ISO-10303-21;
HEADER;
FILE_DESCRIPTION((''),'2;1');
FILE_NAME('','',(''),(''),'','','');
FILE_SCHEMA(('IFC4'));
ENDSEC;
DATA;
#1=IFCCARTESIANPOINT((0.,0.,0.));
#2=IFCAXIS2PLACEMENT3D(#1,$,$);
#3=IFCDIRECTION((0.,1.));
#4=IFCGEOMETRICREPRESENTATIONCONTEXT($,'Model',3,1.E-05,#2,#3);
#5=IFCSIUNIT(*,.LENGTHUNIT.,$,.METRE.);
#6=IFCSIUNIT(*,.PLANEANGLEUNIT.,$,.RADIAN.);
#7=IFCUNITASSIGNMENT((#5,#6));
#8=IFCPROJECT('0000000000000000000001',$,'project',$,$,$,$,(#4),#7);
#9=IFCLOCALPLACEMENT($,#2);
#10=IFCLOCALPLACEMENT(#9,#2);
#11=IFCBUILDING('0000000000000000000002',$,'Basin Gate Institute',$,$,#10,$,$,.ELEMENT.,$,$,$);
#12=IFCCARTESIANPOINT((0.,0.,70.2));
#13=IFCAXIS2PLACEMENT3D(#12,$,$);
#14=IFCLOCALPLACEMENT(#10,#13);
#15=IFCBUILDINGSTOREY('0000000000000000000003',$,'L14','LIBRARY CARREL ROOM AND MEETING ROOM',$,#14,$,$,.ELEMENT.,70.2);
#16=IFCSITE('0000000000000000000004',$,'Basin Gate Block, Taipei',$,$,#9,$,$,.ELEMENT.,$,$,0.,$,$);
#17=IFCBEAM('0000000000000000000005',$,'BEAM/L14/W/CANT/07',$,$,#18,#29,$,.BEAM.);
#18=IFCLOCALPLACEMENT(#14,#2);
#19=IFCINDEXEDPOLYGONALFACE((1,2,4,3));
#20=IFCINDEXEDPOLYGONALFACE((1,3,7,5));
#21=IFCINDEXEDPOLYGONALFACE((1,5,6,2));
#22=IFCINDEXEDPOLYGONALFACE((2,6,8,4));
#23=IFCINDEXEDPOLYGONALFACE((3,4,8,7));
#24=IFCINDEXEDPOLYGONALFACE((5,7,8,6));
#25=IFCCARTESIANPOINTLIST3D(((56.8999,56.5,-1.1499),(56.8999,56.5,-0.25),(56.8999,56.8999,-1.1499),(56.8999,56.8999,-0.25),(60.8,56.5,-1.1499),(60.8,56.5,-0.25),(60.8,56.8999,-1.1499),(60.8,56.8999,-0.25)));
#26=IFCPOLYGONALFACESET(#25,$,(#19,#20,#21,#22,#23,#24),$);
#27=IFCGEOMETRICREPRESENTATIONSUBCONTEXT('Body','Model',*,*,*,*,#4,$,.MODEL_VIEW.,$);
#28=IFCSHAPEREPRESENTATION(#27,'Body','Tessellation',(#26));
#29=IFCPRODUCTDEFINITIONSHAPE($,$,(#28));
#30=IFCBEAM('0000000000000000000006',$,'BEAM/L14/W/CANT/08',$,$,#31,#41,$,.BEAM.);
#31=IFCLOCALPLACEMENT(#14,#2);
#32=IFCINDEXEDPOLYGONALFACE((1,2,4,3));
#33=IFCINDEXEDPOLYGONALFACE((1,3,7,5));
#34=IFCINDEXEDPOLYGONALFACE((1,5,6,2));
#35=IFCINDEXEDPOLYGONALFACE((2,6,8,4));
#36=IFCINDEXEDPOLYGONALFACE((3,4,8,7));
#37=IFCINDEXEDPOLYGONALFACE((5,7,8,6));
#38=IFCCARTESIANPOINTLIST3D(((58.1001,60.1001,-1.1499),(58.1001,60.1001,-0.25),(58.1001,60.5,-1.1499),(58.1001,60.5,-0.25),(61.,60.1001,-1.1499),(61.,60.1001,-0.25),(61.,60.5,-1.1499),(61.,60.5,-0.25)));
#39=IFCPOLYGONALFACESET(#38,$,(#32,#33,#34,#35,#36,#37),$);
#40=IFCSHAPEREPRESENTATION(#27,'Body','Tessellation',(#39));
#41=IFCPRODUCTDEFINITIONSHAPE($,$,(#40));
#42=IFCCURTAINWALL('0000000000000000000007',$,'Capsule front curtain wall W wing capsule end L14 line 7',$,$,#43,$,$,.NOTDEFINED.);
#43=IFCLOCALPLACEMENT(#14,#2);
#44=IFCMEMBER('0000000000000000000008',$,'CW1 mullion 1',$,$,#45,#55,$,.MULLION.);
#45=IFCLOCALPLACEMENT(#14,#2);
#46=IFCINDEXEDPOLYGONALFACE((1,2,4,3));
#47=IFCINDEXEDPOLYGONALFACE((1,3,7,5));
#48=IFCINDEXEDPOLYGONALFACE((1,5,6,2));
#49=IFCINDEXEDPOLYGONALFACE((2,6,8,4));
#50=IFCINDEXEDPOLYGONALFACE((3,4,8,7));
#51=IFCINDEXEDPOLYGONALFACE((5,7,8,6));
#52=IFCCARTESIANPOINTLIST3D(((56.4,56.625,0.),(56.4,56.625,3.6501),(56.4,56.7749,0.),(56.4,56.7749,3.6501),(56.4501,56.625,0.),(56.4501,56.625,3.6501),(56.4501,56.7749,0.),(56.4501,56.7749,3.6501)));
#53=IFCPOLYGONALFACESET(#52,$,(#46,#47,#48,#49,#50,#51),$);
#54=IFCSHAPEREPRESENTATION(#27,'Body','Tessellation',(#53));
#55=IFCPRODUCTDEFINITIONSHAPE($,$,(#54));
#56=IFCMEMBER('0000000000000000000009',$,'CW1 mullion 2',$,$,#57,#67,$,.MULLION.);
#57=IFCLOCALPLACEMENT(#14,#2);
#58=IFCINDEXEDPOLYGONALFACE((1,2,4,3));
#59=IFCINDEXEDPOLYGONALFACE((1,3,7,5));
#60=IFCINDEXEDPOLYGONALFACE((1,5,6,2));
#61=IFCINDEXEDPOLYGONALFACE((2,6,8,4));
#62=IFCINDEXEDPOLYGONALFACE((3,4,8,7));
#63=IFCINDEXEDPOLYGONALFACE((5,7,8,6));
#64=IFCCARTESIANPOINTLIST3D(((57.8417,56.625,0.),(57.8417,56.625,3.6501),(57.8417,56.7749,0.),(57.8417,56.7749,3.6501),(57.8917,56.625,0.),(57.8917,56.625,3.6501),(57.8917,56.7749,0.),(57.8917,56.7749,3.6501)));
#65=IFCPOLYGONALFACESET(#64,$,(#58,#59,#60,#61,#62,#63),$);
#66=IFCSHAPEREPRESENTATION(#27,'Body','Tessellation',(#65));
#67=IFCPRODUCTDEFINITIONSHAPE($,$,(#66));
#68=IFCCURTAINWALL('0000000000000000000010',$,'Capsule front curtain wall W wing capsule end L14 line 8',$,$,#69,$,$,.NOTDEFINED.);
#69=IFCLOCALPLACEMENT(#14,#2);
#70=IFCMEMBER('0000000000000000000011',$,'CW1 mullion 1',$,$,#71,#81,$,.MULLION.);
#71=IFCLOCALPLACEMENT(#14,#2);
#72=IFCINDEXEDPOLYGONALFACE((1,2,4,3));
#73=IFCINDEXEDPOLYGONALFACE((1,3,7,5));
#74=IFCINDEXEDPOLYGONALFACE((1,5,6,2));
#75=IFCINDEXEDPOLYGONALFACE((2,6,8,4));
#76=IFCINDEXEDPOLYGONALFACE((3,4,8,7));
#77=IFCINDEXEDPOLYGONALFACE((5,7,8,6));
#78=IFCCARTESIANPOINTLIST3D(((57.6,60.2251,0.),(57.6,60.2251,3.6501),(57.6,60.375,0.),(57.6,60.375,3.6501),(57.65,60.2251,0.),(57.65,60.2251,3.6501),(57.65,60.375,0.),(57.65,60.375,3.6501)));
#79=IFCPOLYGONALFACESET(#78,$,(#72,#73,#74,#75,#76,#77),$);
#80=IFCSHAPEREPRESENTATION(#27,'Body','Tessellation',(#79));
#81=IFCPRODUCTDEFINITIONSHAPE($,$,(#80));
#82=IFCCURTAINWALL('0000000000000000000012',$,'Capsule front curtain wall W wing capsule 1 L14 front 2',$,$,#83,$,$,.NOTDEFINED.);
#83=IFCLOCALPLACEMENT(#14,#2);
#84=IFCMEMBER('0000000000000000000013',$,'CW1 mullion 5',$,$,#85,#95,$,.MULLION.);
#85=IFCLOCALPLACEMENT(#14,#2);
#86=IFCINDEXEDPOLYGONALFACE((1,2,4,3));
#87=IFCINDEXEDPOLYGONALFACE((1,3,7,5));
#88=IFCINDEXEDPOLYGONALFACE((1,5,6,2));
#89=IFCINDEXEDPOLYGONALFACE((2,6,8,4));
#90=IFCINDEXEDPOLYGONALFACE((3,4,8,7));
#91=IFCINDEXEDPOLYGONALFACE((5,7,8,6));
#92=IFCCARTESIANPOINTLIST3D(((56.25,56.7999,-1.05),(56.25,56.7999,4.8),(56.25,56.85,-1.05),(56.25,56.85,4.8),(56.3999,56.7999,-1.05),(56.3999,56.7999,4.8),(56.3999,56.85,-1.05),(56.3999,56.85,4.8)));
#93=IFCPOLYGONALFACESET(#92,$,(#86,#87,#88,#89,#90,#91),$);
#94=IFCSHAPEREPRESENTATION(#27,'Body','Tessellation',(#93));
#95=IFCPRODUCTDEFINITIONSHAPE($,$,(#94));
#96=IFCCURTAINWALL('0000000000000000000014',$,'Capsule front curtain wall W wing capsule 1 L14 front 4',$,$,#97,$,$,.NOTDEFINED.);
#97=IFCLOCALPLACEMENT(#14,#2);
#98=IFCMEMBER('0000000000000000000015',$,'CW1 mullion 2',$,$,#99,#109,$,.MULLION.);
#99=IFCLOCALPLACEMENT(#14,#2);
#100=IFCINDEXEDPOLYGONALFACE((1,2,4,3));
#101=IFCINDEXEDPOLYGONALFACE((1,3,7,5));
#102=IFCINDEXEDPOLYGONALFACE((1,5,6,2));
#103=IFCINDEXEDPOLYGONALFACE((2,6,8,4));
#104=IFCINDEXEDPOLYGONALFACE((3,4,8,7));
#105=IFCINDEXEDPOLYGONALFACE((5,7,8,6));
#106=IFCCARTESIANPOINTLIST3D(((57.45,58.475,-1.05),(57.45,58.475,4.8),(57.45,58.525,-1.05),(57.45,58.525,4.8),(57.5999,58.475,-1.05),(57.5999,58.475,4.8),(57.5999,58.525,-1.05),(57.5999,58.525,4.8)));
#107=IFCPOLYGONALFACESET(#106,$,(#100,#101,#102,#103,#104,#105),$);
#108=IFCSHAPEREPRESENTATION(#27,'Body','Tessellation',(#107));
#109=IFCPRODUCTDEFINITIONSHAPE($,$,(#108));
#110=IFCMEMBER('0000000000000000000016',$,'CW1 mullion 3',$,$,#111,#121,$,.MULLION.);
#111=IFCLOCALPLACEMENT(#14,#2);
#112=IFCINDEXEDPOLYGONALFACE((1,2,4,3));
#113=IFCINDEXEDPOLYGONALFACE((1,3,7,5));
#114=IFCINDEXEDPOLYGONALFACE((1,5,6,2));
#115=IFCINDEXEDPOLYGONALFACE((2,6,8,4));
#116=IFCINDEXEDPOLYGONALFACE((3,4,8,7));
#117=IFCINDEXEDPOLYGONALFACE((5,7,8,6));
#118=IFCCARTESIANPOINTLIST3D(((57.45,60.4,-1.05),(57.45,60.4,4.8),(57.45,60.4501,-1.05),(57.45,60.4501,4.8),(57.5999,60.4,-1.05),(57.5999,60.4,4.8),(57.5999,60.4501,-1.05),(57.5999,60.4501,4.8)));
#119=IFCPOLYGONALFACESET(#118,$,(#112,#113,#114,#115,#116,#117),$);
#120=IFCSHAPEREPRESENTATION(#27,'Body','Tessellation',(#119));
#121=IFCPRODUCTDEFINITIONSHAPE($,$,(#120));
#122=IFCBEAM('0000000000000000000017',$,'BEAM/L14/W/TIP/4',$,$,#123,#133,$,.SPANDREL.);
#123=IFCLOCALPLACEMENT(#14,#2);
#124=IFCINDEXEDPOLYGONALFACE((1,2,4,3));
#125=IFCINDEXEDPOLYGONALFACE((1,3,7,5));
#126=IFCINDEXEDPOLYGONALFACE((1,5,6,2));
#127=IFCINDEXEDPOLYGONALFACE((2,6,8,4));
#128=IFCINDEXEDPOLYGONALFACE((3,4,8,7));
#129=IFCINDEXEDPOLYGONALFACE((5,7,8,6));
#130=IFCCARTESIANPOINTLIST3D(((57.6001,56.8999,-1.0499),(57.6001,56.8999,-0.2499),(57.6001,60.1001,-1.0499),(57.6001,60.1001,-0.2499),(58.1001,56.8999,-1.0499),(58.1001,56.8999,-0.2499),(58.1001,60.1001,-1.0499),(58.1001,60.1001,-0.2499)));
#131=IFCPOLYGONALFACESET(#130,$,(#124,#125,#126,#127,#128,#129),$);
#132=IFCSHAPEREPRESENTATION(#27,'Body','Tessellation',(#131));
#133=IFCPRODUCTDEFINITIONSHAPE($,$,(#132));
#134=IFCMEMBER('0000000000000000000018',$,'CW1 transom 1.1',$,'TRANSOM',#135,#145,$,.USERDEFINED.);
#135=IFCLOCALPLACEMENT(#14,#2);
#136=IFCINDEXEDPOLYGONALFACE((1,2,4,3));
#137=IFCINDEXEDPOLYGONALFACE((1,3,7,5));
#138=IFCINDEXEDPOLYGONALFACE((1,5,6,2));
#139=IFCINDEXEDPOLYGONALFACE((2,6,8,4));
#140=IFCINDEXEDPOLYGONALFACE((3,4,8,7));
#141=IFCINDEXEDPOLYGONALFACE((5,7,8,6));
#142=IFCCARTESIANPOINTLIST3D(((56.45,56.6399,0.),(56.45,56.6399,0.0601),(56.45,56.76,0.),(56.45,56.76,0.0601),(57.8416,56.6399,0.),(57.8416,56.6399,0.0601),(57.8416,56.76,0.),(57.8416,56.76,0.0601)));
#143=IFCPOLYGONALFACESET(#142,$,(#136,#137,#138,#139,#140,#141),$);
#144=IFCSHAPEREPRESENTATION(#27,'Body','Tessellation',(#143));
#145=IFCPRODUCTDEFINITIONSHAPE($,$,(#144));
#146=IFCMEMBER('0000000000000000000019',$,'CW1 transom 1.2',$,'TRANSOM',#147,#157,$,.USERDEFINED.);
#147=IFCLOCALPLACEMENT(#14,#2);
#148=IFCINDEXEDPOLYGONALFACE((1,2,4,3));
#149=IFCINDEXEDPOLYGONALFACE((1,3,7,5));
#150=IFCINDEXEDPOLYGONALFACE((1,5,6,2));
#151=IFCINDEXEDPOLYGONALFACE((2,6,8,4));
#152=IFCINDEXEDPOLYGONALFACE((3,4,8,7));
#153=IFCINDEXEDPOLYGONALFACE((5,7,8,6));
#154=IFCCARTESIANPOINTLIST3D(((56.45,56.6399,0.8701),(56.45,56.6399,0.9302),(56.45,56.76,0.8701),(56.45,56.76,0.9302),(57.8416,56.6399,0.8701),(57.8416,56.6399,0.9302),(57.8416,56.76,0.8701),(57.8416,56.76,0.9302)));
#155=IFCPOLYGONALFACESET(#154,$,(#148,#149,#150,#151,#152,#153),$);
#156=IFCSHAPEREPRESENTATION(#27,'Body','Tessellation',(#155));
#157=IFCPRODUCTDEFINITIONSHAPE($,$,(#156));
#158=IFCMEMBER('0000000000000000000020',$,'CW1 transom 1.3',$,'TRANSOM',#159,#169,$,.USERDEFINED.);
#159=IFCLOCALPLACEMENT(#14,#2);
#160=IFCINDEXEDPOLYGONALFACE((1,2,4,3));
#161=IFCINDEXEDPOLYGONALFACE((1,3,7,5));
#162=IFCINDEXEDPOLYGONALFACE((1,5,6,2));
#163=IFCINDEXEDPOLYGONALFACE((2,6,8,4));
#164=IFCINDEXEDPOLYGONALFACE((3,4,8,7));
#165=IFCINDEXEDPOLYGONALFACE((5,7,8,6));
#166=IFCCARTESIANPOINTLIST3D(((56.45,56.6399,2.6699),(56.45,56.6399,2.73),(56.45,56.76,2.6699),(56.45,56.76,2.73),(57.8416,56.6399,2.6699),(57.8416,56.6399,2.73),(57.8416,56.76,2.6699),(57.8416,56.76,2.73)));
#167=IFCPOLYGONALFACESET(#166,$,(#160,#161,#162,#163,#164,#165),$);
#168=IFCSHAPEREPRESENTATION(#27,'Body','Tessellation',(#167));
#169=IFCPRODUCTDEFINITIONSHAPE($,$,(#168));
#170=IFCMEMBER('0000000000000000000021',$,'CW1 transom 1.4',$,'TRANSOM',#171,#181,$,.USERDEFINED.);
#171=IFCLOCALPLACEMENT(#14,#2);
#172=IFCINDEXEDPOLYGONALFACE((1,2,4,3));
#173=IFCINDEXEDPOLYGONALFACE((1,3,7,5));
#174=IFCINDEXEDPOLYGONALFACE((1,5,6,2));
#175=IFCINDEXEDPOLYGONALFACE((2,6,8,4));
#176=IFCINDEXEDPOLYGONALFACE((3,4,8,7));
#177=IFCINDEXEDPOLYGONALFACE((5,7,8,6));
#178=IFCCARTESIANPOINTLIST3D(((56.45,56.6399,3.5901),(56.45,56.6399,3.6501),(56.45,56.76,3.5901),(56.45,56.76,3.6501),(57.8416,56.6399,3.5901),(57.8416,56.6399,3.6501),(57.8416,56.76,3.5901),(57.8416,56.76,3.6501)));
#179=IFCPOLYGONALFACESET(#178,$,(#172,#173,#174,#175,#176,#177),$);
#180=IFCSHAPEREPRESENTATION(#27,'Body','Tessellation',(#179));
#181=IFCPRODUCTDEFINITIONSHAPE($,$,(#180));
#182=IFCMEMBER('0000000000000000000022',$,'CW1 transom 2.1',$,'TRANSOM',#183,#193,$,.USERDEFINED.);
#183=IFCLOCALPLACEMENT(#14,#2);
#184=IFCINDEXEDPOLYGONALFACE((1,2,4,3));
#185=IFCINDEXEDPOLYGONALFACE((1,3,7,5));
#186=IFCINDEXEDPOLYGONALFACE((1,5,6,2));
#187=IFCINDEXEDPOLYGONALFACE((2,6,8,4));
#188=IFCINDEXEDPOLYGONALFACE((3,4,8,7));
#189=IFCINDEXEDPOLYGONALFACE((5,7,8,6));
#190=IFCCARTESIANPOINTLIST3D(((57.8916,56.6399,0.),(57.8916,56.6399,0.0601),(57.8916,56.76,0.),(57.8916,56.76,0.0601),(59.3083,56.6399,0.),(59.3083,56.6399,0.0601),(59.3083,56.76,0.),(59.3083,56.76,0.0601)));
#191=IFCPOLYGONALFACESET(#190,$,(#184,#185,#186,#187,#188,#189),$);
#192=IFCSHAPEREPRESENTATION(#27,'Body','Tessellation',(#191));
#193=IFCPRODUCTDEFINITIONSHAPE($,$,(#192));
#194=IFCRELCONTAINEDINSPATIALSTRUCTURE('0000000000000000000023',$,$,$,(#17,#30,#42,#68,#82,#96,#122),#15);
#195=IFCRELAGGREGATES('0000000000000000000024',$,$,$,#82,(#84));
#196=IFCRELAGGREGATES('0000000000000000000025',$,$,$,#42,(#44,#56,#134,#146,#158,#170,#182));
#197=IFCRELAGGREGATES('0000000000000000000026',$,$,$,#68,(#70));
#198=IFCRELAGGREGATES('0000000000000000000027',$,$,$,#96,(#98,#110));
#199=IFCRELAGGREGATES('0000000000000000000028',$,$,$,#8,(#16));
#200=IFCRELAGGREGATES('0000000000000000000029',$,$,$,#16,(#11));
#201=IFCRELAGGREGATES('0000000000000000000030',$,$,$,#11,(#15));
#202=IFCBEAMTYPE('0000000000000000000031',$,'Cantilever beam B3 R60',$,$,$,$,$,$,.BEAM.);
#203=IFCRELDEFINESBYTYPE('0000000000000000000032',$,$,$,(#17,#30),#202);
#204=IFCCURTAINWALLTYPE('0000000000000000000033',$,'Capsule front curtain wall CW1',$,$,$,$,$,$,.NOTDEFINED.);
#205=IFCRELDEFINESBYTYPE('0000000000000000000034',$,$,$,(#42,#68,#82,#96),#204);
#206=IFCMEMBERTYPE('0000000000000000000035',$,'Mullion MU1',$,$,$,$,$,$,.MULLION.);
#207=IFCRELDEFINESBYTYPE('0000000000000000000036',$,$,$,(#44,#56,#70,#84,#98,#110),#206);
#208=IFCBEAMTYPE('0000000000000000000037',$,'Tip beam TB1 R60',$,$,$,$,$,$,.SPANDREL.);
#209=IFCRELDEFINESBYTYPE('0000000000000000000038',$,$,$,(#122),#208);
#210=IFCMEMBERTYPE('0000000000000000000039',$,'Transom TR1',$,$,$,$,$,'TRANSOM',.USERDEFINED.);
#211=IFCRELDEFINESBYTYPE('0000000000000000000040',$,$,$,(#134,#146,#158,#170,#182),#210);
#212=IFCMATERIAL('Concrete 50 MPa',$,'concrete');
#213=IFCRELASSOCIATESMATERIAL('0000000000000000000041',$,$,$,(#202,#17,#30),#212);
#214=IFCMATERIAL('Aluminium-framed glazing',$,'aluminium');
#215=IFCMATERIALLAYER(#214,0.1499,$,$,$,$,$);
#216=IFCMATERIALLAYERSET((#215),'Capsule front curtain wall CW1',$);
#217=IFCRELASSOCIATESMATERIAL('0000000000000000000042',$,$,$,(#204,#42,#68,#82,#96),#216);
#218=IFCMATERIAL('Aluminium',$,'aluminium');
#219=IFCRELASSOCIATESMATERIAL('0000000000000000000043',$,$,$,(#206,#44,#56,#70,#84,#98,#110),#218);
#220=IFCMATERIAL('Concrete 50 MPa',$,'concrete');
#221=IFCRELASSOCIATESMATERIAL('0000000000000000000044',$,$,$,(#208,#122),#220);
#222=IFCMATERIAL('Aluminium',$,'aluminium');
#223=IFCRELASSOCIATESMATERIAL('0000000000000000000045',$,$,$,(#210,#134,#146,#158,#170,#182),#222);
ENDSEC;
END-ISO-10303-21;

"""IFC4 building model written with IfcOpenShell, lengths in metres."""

from ifc_helpers import new_model, si_unit, direction, frame, origin, origin_2d, place, context, subcontext, project, spatial, rectangle, extrude, material, layer, layer_set, material_profile, profile_set, type_object, element, aggregate, save


model = new_model("IFC4")

# Units and contexts
model_context = context("Model", 3, precision=1e-05, world=origin(), true_north=direction((0.0, 1.0)))
body_context = subcontext(model_context, "Body", "Model", "MODEL_VIEW")
ifc_project = project(units=[si_unit("LENGTHUNIT", "METRE"), si_unit("PLANEANGLEUNIT", "RADIAN")], contexts=[model_context])

# Site, building, storey
site_placement = place(None, origin())
site = spatial("IfcSite", under=ifc_project, at=site_placement, Name="Basin Gate Block, Taipei", CompositionType="ELEMENT", RefElevation=0.0)
building_placement = place(site_placement, origin())
building = spatial("IfcBuilding", under=site, at=building_placement, Name="Basin Gate Institute", CompositionType="ELEMENT")
storey_placement = place(building_placement, frame((0.0, 0.0, 70.2)))
storey = spatial("IfcBuildingStorey", under=building, at=storey_placement, Name="L14", Description="LIBRARY CARREL ROOM AND MEETING ROOM", CompositionType="ELEMENT", Elevation=70.2)

# Beams
ifc_material_1 = material(Name="Concrete 50 MPa", Category="concrete")
ifc_material_profile_1 = material_profile(ifc_material_1, rectangle(XDim=0.3999, YDim=0.8999, at=origin_2d()), Name="Cantilever beam B3 400 x 900")
ifc_profile_set_1 = profile_set([ifc_material_profile_1], Name="Concrete 50 MPa")
beam_type_1 = type_object("IfcBeamType", Name="Cantilever beam B3 R60", PredefinedType="BEAM", material=ifc_profile_set_1)
beam_1_placement = place(storey_placement, frame((56.8999, 56.7, -0.7), z_axis=(1.0, 0.0, 0.0), x_axis=(0.0, 1.0, 0.0)))
element("IfcBeam", 1, at=beam_1_placement, inside=storey, type_object=beam_type_1, material=ifc_profile_set_1, Name="BEAM/L14/W/CANT/07", PredefinedType="BEAM", context=body_context, shape_type="SweptSolid", body=[
    extrude(rectangle(XDim=0.3999, YDim=0.8999, at=origin_2d()), origin(), (0.0, 0.0, 1.0), 3.9001),
])
beam_2_placement = place(storey_placement, frame((58.1001, 60.3, -0.7), z_axis=(1.0, 0.0, 0.0), x_axis=(0.0, 1.0, 0.0)))
element("IfcBeam", 2, at=beam_2_placement, inside=storey, type_object=beam_type_1, material=ifc_profile_set_1, Name="BEAM/L14/W/CANT/08", PredefinedType="BEAM", context=body_context, shape_type="SweptSolid", body=[
    extrude(rectangle(XDim=0.3999, YDim=0.8999, at=origin_2d()), origin(), (0.0, 0.0, 1.0), 2.8999),
])

# Curtain wall, members
ifc_material_2 = material(Name="Aluminium-framed glazing", Category="aluminium")
ifc_layer_1 = layer(ifc_material_2, 0.1499)
ifc_layer_set_1 = layer_set([ifc_layer_1], Name="Capsule front curtain wall CW1")
curtain_wall_type = type_object("IfcCurtainWallType", Name="Capsule front curtain wall CW1", PredefinedType="NOTDEFINED", material=ifc_layer_set_1)
curtain_wall_1_placement = place(storey_placement, origin())
curtain_wall_1 = element("IfcCurtainWall", 3, at=curtain_wall_1_placement, inside=storey, type_object=curtain_wall_type, material=ifc_layer_set_1, Name="Capsule front curtain wall W wing capsule end L14 line 7", PredefinedType="NOTDEFINED")
ifc_material_3 = material(Name="Aluminium", Category="aluminium")
ifc_material_profile_2 = material_profile(ifc_material_3, rectangle(XDim=0.1499, YDim=0.05, at=origin_2d()), Name="Mullion MU1 150 x 50")
ifc_profile_set_2 = profile_set([ifc_material_profile_2], Name="Aluminium")
member_type_1 = type_object("IfcMemberType", Name="Mullion MU1", PredefinedType="MULLION", material=ifc_profile_set_2)
member_1_placement = place(storey_placement, frame((56.425, 56.7, 0.0), z_axis=(0.0, 0.0, 1.0), x_axis=(0.0, 1.0, 0.0)))
member_1 = element("IfcMember", 4, at=member_1_placement, type_object=member_type_1, material=ifc_profile_set_2, Name="CW1 mullion 1", PredefinedType="MULLION", context=body_context, shape_type="SweptSolid", body=[
    extrude(rectangle(XDim=0.1499, YDim=0.05, at=origin_2d()), origin(), (0.0, 0.0, 1.0), 3.6501),
])
member_2_placement = place(storey_placement, frame((57.8667, 56.7, 0.0), z_axis=(0.0, 0.0, 1.0), x_axis=(0.0, 1.0, 0.0)))
member_2 = element("IfcMember", 5, at=member_2_placement, type_object=member_type_1, material=ifc_profile_set_2, Name="CW1 mullion 2", PredefinedType="MULLION", context=body_context, shape_type="SweptSolid", body=[
    extrude(rectangle(XDim=0.1499, YDim=0.05, at=origin_2d()), origin(), (0.0, 0.0, 1.0), 3.6501),
])

# Curtain walls, members
curtain_wall_2_placement = place(storey_placement, origin())
curtain_wall_2 = element("IfcCurtainWall", 6, at=curtain_wall_2_placement, inside=storey, type_object=curtain_wall_type, material=ifc_layer_set_1, Name="Capsule front curtain wall W wing capsule end L14 line 8", PredefinedType="NOTDEFINED")
member_3_placement = place(storey_placement, frame((57.625, 60.3, 0.0), z_axis=(0.0, 0.0, 1.0), x_axis=(0.0, 1.0, 0.0)))
member_3 = element("IfcMember", 7, at=member_3_placement, type_object=member_type_1, material=ifc_profile_set_2, Name="CW1 mullion 1", PredefinedType="MULLION", context=body_context, shape_type="SweptSolid", body=[
    extrude(rectangle(XDim=0.1499, YDim=0.05, at=origin_2d()), origin(), (0.0, 0.0, 1.0), 3.6501),
])
curtain_wall_3_placement = place(storey_placement, origin())
curtain_wall_3 = element("IfcCurtainWall", 8, at=curtain_wall_3_placement, inside=storey, type_object=curtain_wall_type, material=ifc_layer_set_1, Name="Capsule front curtain wall W wing capsule 1 L14 front 2", PredefinedType="NOTDEFINED")
member_4_placement = place(storey_placement, frame((56.325, 56.825, -1.05), z_axis=(0.0, 0.0, 1.0), x_axis=(-1.0, 0.0, 0.0)))
member_4 = element("IfcMember", 9, at=member_4_placement, type_object=member_type_1, material=ifc_profile_set_2, Name="CW1 mullion 5", PredefinedType="MULLION", context=body_context, shape_type="SweptSolid", body=[
    extrude(rectangle(XDim=0.1499, YDim=0.05, at=origin_2d()), origin(), (0.0, 0.0, 1.0), 5.8501),
])
aggregate(curtain_wall_3, [member_4])

# Curtain wall, members
curtain_wall_4_placement = place(storey_placement, origin())
curtain_wall_4 = element("IfcCurtainWall", 10, at=curtain_wall_4_placement, inside=storey, type_object=curtain_wall_type, material=ifc_layer_set_1, Name="Capsule front curtain wall W wing capsule 1 L14 front 4", PredefinedType="NOTDEFINED")
member_5_placement = place(storey_placement, frame((57.5249, 58.5, -1.05), z_axis=(0.0, 0.0, 1.0), x_axis=(-1.0, 0.0, 0.0)))
member_5 = element("IfcMember", 11, at=member_5_placement, type_object=member_type_1, material=ifc_profile_set_2, Name="CW1 mullion 2", PredefinedType="MULLION", context=body_context, shape_type="SweptSolid", body=[
    extrude(rectangle(XDim=0.1499, YDim=0.05, at=origin_2d()), origin(), (0.0, 0.0, 1.0), 5.8501),
])
member_6_placement = place(storey_placement, frame((57.5249, 60.425, -1.05), z_axis=(0.0, 0.0, 1.0), x_axis=(-1.0, 0.0, 0.0)))
member_6 = element("IfcMember", 12, at=member_6_placement, type_object=member_type_1, material=ifc_profile_set_2, Name="CW1 mullion 3", PredefinedType="MULLION", context=body_context, shape_type="SweptSolid", body=[
    extrude(rectangle(XDim=0.1499, YDim=0.05, at=origin_2d()), origin(), (0.0, 0.0, 1.0), 5.8501),
])

# Beam
ifc_material_4 = material(Name="Concrete 50 MPa", Category="concrete")
ifc_material_profile_3 = material_profile(ifc_material_4, rectangle(XDim=0.5, YDim=0.8, at=origin_2d()), Name="Tip beam TB1 500 x 800")
ifc_profile_set_3 = profile_set([ifc_material_profile_3], Name="Concrete 50 MPa")
beam_type_2 = type_object("IfcBeamType", Name="Tip beam TB1 R60", PredefinedType="SPANDREL", material=ifc_profile_set_3)
beam_3_placement = place(storey_placement, frame((57.8501, 56.8999, -0.6499), z_axis=(0.0, 1.0, 0.0), x_axis=(-1.0, 0.0, 0.0)))
element("IfcBeam", 13, at=beam_3_placement, inside=storey, type_object=beam_type_2, material=ifc_profile_set_3, Name="BEAM/L14/W/TIP/4", PredefinedType="SPANDREL", context=body_context, shape_type="SweptSolid", body=[
    extrude(rectangle(XDim=0.5, YDim=0.8, at=origin_2d()), origin(), (0.0, 0.0, 1.0), 3.2002),
])

# Members
ifc_material_5 = material(Name="Aluminium", Category="aluminium")
ifc_material_profile_4 = material_profile(ifc_material_5, rectangle(XDim=0.1201, YDim=0.0601, at=origin_2d()), Name="Transom TR1 120 x 60")
ifc_profile_set_4 = profile_set([ifc_material_profile_4], Name="Aluminium")
member_type_2 = type_object("IfcMemberType", Name="Transom TR1", ElementType="TRANSOM", PredefinedType="USERDEFINED", material=ifc_profile_set_4)
member_7_placement = place(storey_placement, frame((56.45, 56.7, 0.03), z_axis=(1.0, 0.0, 0.0), x_axis=(0.0, 1.0, 0.0)))
member_7 = element("IfcMember", 14, at=member_7_placement, type_object=member_type_2, material=ifc_profile_set_4, Name="CW1 transom 1.1", ObjectType="TRANSOM", PredefinedType="USERDEFINED", context=body_context, shape_type="SweptSolid", body=[
    extrude(rectangle(XDim=0.1201, YDim=0.0601, at=origin_2d()), origin(), (0.0, 0.0, 1.0), 1.3916),
])
member_8_placement = place(storey_placement, frame((56.45, 56.7, 0.9001), z_axis=(1.0, 0.0, 0.0), x_axis=(0.0, 1.0, 0.0)))
member_8 = element("IfcMember", 15, at=member_8_placement, type_object=member_type_2, material=ifc_profile_set_4, Name="CW1 transom 1.2", ObjectType="TRANSOM", PredefinedType="USERDEFINED", context=body_context, shape_type="SweptSolid", body=[
    extrude(rectangle(XDim=0.1201, YDim=0.0601, at=origin_2d()), origin(), (0.0, 0.0, 1.0), 1.3916),
])
member_9_placement = place(storey_placement, frame((56.45, 56.7, 2.7), z_axis=(1.0, 0.0, 0.0), x_axis=(0.0, 1.0, 0.0)))
member_9 = element("IfcMember", 16, at=member_9_placement, type_object=member_type_2, material=ifc_profile_set_4, Name="CW1 transom 1.3", ObjectType="TRANSOM", PredefinedType="USERDEFINED", context=body_context, shape_type="SweptSolid", body=[
    extrude(rectangle(XDim=0.1201, YDim=0.0601, at=origin_2d()), origin(), (0.0, 0.0, 1.0), 1.3916),
])
member_10_placement = place(storey_placement, frame((56.45, 56.7, 3.6201), z_axis=(1.0, 0.0, 0.0), x_axis=(0.0, 1.0, 0.0)))
member_10 = element("IfcMember", 17, at=member_10_placement, type_object=member_type_2, material=ifc_profile_set_4, Name="CW1 transom 1.4", ObjectType="TRANSOM", PredefinedType="USERDEFINED", context=body_context, shape_type="SweptSolid", body=[
    extrude(rectangle(XDim=0.1201, YDim=0.0601, at=origin_2d()), origin(), (0.0, 0.0, 1.0), 1.3916),
])
member_11_placement = place(storey_placement, frame((57.8916, 56.7, 0.03), z_axis=(1.0, 0.0, 0.0), x_axis=(0.0, 1.0, 0.0)))
member_11 = element("IfcMember", 18, at=member_11_placement, type_object=member_type_2, material=ifc_profile_set_4, Name="CW1 transom 2.1", ObjectType="TRANSOM", PredefinedType="USERDEFINED", context=body_context, shape_type="SweptSolid", body=[
    extrude(rectangle(XDim=0.1201, YDim=0.0601, at=origin_2d()), origin(), (0.0, 0.0, 1.0), 1.4167),
])

aggregate(curtain_wall_1, [member_1, member_2, member_7, member_8, member_9, member_10, member_11])
aggregate(curtain_wall_2, [member_3])
aggregate(curtain_wall_4, [member_5, member_6])

save(model, "model.ifc")
